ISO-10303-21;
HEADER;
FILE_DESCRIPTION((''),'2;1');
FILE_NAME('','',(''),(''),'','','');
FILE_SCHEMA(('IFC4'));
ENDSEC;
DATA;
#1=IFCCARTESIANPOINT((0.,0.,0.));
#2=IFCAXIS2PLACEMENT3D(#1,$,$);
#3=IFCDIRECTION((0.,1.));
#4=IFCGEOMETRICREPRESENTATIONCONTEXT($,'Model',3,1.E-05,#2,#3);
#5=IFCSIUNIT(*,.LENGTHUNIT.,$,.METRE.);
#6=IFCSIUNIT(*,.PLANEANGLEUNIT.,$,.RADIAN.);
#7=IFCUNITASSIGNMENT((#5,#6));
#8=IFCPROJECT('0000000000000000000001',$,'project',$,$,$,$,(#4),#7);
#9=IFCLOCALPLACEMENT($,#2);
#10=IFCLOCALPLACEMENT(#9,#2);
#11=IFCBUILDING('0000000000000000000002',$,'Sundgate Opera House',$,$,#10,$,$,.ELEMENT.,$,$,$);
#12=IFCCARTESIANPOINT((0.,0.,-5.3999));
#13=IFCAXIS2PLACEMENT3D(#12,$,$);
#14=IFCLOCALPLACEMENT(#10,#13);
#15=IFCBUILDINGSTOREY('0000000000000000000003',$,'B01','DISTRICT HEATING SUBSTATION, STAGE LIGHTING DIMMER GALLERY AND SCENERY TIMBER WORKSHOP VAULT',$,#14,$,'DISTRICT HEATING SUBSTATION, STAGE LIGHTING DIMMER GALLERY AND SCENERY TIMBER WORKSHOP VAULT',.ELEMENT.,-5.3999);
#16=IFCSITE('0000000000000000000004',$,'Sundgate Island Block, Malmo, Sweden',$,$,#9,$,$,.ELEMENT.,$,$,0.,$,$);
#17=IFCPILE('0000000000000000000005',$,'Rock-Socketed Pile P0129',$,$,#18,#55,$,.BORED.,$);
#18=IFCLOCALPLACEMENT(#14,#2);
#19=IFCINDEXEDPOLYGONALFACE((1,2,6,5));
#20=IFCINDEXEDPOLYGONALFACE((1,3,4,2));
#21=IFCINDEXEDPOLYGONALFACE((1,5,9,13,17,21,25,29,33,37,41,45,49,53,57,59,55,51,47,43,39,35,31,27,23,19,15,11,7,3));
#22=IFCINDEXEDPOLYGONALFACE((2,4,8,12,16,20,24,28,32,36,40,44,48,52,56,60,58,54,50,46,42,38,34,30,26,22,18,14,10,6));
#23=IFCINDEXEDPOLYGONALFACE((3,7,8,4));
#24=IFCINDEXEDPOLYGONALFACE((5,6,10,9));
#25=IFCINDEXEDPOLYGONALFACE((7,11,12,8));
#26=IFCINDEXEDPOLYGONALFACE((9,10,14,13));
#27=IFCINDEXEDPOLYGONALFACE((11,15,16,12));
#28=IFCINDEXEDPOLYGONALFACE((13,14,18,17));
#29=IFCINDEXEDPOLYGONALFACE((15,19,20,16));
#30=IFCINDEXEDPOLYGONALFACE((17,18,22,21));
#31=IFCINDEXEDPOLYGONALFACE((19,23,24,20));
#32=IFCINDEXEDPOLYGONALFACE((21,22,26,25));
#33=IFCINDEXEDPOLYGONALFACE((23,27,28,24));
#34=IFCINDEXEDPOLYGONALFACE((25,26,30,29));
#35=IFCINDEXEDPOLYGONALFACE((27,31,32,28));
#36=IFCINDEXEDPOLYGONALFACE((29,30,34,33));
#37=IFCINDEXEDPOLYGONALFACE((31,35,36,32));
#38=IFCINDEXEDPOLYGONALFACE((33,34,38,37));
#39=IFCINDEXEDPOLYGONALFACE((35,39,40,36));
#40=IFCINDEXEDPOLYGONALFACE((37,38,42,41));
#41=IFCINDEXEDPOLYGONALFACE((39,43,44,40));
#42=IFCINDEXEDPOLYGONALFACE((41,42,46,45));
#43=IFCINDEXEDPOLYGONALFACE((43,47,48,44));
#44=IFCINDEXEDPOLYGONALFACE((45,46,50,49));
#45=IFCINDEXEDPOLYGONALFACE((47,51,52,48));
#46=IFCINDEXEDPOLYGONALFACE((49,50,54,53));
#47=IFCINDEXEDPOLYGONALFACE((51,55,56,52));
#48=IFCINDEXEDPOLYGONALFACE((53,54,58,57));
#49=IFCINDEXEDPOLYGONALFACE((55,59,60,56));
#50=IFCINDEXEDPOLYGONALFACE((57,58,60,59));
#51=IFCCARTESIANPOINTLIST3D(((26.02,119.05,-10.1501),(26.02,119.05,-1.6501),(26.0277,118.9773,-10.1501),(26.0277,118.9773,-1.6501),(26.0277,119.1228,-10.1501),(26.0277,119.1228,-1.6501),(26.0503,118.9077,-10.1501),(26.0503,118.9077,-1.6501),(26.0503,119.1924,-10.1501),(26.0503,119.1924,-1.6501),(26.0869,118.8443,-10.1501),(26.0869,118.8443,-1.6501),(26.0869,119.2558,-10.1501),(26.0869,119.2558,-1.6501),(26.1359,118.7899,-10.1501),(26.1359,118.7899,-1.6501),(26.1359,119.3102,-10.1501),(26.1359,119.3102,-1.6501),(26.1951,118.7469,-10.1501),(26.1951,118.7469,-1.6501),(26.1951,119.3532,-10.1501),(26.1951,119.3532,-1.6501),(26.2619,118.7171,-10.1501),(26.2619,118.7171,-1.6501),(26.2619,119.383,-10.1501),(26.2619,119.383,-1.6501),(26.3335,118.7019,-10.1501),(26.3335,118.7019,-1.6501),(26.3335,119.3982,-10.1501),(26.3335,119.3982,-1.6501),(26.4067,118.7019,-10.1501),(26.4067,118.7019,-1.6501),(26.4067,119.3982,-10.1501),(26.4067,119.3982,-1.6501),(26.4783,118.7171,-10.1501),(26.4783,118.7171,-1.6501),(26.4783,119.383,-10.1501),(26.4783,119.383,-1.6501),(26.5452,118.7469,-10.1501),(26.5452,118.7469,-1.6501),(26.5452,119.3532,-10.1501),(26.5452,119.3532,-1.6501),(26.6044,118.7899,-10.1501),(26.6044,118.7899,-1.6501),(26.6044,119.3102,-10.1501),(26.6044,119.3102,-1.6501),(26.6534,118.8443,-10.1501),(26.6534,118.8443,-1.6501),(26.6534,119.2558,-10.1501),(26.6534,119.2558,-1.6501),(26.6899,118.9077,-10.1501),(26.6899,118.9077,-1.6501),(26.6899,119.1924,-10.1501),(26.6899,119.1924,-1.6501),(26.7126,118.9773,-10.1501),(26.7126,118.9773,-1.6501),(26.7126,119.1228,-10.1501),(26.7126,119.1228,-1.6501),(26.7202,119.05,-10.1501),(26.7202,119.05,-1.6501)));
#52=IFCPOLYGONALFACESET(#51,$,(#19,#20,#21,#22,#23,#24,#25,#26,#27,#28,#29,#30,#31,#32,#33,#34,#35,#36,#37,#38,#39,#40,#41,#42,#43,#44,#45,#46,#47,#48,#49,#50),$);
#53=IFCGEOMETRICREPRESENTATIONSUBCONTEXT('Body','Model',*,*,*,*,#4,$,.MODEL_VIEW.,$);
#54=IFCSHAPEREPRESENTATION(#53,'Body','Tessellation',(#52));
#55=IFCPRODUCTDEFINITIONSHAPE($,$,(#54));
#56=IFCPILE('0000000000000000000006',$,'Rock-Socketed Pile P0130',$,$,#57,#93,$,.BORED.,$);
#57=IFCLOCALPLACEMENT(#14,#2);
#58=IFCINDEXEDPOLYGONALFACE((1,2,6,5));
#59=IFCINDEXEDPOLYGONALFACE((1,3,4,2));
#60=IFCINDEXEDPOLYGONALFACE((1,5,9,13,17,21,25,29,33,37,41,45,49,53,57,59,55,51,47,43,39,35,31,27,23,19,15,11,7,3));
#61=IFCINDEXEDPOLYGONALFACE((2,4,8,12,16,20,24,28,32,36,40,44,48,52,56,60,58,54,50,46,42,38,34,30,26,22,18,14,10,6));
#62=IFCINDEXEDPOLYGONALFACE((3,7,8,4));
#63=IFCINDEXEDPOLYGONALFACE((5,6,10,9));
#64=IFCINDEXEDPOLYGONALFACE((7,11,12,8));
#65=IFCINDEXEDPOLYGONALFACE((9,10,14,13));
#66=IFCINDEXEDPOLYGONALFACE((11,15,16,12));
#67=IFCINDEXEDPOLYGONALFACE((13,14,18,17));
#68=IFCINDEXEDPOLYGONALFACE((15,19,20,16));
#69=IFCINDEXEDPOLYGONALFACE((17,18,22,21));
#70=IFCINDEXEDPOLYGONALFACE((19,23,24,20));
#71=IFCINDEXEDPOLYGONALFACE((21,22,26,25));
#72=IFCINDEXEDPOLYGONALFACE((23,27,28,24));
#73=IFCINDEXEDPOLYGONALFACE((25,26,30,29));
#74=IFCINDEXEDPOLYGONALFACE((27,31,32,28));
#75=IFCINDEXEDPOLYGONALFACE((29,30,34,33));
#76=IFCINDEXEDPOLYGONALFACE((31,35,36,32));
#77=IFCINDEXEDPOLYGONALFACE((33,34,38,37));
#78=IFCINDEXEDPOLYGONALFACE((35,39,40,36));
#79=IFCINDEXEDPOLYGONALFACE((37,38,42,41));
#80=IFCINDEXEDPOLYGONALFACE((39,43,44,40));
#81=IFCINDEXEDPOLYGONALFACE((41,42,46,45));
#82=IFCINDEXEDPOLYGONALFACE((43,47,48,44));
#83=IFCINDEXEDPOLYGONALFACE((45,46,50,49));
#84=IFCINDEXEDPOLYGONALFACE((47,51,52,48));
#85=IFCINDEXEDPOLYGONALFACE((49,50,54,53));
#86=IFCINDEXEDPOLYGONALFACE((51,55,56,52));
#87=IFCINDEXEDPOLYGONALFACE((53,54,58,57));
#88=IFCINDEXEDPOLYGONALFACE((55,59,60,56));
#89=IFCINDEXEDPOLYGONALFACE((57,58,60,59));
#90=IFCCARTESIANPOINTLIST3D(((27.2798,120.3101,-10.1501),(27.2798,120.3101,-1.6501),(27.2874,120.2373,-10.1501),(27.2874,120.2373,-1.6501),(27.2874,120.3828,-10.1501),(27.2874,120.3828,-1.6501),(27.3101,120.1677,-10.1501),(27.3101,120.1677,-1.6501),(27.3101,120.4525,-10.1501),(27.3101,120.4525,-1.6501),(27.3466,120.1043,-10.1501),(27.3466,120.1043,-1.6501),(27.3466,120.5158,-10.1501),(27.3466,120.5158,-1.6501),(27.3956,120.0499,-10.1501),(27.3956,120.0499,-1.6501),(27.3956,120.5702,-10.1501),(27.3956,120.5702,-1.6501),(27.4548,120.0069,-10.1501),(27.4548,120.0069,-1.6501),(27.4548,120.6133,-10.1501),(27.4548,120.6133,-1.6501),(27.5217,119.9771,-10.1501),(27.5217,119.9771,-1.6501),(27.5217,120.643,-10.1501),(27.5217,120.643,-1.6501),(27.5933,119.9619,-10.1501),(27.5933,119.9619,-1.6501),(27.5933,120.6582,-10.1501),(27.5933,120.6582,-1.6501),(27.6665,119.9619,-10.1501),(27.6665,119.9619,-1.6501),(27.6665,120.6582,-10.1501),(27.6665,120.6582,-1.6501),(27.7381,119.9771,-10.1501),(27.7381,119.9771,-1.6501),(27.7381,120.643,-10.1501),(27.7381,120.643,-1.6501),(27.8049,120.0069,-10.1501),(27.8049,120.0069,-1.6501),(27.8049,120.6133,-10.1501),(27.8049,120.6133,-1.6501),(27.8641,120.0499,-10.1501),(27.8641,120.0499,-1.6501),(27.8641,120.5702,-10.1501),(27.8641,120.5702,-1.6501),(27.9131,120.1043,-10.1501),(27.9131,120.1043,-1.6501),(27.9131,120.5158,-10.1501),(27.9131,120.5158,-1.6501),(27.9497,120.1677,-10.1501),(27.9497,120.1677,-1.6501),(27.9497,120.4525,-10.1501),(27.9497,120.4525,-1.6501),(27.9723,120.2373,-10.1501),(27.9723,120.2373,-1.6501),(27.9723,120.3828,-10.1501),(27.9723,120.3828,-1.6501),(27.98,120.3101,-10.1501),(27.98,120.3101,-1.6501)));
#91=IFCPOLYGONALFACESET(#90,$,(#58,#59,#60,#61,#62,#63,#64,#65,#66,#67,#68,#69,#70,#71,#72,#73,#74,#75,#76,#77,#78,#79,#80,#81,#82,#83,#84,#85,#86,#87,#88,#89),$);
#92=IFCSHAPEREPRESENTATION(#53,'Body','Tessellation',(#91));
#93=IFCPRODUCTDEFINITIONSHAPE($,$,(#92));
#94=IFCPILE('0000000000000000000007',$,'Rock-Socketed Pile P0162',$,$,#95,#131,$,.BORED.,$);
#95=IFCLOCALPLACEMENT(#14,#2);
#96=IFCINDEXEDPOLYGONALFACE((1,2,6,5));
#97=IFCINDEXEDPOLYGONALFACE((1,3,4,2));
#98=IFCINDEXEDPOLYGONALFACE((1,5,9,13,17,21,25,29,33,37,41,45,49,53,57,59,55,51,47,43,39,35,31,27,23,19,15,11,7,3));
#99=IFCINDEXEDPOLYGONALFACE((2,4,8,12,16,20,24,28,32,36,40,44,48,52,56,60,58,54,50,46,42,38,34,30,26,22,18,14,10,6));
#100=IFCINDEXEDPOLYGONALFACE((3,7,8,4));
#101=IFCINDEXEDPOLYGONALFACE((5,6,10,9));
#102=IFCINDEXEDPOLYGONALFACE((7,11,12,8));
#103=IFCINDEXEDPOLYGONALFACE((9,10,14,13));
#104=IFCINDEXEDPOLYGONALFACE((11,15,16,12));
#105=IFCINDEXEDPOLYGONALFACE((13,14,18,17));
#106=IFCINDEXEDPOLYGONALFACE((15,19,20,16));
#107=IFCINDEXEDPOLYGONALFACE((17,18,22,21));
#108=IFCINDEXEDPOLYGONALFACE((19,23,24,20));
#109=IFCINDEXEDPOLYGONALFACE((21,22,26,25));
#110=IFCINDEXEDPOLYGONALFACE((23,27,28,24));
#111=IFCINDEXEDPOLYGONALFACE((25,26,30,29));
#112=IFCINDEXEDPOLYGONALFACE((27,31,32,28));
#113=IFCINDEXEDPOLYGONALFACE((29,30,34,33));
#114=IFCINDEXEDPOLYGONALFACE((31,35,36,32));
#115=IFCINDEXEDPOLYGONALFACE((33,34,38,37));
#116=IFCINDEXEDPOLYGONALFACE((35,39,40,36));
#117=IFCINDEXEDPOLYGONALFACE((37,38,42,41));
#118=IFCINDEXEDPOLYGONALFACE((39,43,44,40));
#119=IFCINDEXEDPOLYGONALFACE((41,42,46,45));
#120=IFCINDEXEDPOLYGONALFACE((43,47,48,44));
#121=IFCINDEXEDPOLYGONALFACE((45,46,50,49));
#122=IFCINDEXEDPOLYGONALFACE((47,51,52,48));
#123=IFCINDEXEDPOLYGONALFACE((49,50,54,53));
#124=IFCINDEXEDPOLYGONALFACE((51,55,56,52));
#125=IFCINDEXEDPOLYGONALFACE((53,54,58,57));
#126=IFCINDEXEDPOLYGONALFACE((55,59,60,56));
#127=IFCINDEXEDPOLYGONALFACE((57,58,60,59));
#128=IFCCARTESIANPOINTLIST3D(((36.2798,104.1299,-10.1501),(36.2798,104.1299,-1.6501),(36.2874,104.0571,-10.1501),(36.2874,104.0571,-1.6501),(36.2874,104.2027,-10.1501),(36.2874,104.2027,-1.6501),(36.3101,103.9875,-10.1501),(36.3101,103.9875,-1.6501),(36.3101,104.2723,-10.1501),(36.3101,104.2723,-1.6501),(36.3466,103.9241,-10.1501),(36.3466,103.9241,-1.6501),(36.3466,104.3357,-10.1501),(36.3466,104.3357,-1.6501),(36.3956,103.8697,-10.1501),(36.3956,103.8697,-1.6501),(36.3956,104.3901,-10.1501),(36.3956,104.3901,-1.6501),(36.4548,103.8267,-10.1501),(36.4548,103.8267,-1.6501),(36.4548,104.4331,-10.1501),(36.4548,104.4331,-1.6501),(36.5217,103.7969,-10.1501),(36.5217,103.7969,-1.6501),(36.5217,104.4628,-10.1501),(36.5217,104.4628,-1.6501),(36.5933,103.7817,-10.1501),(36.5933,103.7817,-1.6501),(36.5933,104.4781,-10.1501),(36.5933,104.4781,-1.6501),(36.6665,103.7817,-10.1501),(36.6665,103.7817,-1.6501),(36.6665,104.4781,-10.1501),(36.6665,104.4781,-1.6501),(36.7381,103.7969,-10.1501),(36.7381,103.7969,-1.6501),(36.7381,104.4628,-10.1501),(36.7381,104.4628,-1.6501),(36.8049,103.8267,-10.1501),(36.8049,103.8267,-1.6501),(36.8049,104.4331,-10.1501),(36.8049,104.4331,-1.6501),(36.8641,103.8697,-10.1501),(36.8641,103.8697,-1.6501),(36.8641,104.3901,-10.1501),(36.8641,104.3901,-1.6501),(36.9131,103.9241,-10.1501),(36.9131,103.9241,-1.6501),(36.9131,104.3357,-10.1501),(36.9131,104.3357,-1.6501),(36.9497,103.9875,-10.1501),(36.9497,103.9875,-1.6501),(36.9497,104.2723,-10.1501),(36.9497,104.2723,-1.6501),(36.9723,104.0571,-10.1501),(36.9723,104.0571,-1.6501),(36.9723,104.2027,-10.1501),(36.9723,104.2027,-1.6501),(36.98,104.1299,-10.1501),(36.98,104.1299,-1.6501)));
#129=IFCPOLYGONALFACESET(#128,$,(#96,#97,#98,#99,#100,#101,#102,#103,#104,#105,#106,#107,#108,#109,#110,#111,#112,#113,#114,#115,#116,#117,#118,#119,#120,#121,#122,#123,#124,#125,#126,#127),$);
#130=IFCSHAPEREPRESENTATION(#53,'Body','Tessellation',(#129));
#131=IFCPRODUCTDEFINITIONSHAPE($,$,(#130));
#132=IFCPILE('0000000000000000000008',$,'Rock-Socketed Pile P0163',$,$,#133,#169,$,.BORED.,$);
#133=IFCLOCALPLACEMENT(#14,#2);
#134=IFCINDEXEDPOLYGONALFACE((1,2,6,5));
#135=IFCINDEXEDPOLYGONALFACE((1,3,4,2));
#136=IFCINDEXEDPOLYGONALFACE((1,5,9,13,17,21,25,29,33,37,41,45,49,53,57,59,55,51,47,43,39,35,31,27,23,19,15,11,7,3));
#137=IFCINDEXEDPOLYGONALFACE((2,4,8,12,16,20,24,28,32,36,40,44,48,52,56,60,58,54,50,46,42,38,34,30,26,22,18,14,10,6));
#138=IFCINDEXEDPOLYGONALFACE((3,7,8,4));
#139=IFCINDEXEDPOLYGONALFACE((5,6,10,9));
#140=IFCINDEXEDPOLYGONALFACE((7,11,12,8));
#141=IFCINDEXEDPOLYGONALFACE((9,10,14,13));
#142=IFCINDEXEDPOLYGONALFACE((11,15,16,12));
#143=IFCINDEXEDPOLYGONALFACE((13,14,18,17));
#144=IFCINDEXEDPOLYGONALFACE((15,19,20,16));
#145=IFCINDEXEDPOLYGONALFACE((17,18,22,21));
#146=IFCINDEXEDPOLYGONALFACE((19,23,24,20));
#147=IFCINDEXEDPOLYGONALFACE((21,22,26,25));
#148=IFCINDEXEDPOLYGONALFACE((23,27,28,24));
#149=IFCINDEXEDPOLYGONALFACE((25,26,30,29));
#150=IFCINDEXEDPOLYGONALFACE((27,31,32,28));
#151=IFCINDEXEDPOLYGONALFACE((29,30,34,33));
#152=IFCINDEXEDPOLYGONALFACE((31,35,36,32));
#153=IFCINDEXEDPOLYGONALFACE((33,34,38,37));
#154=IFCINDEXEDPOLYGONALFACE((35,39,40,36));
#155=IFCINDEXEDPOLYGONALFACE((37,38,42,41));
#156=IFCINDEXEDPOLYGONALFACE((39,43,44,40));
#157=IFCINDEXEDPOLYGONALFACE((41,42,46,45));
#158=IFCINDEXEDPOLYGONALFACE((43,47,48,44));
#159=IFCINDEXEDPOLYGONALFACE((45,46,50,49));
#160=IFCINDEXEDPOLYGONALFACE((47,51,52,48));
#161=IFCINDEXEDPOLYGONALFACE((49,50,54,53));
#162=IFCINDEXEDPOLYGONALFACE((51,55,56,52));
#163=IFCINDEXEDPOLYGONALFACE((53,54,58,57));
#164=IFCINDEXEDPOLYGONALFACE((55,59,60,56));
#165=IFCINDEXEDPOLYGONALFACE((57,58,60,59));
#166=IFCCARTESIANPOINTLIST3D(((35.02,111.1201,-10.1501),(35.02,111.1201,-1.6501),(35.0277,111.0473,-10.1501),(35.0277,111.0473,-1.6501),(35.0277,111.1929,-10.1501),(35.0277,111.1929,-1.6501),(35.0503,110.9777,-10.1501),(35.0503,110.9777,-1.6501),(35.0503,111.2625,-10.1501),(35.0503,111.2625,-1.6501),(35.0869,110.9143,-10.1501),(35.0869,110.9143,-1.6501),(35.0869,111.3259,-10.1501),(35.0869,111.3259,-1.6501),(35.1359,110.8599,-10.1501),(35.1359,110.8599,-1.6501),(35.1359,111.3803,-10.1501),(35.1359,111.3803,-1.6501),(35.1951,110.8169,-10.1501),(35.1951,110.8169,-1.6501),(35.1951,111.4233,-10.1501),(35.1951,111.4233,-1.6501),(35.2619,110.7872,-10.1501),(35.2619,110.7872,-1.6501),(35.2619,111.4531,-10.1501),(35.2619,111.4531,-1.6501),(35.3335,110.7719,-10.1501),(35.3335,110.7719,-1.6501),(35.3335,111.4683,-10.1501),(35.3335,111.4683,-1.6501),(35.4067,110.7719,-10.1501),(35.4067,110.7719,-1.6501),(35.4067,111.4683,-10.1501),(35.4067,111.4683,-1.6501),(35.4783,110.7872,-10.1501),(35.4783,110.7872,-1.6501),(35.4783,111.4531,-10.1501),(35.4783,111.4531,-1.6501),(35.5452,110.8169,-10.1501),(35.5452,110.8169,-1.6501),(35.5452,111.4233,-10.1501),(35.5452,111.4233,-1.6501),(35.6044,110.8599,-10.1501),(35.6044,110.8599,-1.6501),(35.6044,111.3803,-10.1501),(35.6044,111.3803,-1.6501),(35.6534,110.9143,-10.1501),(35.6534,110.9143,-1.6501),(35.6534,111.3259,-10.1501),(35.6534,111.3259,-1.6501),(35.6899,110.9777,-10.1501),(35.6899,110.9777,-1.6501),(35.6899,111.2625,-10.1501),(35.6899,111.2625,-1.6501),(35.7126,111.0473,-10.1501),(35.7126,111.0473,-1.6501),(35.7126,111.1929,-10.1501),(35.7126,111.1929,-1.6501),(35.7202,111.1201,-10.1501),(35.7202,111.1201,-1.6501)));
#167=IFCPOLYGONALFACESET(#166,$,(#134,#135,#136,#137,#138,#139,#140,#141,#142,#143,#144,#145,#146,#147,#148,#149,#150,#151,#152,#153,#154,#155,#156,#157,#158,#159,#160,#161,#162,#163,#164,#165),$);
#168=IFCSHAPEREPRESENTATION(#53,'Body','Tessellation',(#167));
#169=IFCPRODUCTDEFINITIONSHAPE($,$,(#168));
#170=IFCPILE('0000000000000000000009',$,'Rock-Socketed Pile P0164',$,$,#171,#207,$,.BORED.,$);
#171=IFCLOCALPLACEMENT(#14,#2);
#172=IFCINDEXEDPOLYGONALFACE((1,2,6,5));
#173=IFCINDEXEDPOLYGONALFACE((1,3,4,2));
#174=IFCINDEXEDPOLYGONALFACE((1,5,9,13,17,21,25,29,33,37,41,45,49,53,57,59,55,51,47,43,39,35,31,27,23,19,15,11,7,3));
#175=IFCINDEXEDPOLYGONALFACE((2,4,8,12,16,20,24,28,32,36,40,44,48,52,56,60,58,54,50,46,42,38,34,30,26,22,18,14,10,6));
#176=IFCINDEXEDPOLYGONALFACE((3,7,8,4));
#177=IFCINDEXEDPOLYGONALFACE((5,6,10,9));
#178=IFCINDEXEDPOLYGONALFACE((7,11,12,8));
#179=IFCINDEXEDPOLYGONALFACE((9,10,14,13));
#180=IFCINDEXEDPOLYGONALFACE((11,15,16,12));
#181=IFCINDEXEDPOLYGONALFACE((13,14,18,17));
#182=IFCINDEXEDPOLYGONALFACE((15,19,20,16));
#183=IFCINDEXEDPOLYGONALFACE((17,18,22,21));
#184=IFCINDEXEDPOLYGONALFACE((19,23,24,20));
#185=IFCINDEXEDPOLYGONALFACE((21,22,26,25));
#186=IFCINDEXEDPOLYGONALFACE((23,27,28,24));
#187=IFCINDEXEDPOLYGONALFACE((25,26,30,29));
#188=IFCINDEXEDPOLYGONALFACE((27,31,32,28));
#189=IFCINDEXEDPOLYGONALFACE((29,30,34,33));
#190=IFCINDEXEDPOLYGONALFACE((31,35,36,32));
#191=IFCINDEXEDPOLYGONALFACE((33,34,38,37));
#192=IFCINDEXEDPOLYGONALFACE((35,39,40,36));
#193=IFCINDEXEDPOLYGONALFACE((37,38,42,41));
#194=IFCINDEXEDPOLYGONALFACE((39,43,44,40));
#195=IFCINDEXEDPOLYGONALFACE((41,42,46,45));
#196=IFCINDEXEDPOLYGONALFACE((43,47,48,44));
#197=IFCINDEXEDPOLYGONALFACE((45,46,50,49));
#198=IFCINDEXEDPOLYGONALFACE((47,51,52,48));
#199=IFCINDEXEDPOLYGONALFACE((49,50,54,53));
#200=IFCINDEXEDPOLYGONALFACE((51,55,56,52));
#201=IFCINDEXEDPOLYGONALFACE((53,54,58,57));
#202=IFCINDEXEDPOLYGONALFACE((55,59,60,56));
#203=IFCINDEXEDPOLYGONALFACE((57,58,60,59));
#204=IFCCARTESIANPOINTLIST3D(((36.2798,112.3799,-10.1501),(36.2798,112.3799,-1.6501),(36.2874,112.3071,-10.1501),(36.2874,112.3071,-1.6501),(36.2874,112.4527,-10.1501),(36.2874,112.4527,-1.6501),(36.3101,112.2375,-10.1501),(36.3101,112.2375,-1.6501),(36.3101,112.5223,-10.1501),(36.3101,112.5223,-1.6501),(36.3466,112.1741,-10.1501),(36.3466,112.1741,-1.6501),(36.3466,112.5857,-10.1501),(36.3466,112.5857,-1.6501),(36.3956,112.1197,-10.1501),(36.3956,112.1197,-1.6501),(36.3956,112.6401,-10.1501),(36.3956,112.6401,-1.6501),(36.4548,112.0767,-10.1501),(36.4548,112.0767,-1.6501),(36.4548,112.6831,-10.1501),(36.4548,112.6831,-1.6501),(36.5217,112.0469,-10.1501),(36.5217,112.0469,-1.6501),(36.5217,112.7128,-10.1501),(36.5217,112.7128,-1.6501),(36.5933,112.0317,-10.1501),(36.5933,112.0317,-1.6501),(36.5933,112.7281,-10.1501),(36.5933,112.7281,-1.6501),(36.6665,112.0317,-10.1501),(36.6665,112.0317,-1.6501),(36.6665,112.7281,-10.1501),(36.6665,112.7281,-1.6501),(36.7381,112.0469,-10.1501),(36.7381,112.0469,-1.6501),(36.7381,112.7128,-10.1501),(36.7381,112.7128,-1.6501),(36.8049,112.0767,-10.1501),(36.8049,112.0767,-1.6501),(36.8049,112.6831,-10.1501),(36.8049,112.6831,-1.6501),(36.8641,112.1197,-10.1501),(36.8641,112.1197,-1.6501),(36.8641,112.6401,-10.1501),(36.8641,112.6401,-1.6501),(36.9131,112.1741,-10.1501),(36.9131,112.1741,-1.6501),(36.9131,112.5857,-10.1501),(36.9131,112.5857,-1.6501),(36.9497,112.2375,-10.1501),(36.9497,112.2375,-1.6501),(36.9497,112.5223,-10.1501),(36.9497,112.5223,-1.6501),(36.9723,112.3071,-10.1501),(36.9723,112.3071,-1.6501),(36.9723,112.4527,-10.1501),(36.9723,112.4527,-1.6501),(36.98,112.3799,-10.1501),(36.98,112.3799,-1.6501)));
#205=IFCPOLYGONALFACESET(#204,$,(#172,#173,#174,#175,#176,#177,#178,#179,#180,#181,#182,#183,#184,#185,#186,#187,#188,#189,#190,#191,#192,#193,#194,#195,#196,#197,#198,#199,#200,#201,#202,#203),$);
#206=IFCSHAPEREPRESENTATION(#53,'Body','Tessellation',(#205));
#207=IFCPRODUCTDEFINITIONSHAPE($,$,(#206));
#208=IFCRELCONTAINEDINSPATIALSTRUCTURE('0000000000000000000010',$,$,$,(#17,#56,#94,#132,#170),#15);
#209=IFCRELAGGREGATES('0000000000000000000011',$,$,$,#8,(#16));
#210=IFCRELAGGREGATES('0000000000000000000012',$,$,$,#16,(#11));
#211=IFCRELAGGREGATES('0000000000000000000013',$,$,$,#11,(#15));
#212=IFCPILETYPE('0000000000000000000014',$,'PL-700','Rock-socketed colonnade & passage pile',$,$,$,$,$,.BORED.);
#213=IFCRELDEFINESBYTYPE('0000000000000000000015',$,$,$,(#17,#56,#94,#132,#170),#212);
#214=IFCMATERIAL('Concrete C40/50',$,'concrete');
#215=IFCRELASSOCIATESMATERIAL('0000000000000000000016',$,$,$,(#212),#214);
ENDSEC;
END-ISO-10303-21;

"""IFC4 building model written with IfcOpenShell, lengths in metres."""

from ifc_helpers import new_model, si_unit, direction, frame, origin, origin_2d, place, context, subcontext, project, spatial, circle, extrude, material, material_profile, profile_set, type_object, element, save


model = new_model("IFC4")

# Units and contexts
model_context = context("Model", 3, precision=1e-05, world=origin(), true_north=direction((0.0, 1.0)))
body_context = subcontext(model_context, "Body", "Model", "MODEL_VIEW")
ifc_project = project(units=[si_unit("LENGTHUNIT", "METRE"), si_unit("PLANEANGLEUNIT", "RADIAN")], contexts=[model_context])

# Site, building, storey
site_placement = place(None, origin())
site = spatial("IfcSite", under=ifc_project, at=site_placement, Name="Sundgate Island Block, Malmo, Sweden", CompositionType="ELEMENT", RefElevation=0.0)
building_placement = place(site_placement, origin())
building = spatial("IfcBuilding", under=site, at=building_placement, Name="Sundgate Opera House", CompositionType="ELEMENT")
storey_placement = place(building_placement, frame((0.0, 0.0, -5.3999)))
storey = spatial("IfcBuildingStorey", under=building, at=storey_placement, Name="B01", Description="DISTRICT HEATING SUBSTATION, STAGE LIGHTING DIMMER GALLERY AND SCENERY TIMBER WORKSHOP VAULT", LongName="DISTRICT HEATING SUBSTATION, STAGE LIGHTING DIMMER GALLERY AND SCENERY TIMBER WORKSHOP VAULT", CompositionType="ELEMENT", Elevation=-5.3999)

# Piles
ifc_material_1 = material(Name="Concrete C40/50", Category="concrete")
ifc_material_profile_1 = material_profile(ifc_material_1, circle(Radius=0.3501, at=origin_2d()), Name="PILE D700")
ifc_profile_set_1 = profile_set([ifc_material_profile_1], Name="Concrete C40/50")
pile_type = type_object("IfcPileType", Name="PL-700", Description="Rock-socketed colonnade & passage pile", PredefinedType="BORED", material=ifc_profile_set_1)
for number, where, z_axis, x_axis, name in (
    (1, (26.3701, 119.05, -1.6501), (0.0, 0.0, -1.0), (1.0, 0.0, 0.0), "Rock-Socketed Pile P0129"),
    (2, (27.6299, 120.3101, -1.6501), (0.0, 0.0, -1.0), (1.0, 0.0, 0.0), "Rock-Socketed Pile P0130"),
    (3, (36.6299, 104.1299, -1.6501), (0.0, 0.0, -1.0), (1.0, 0.0, 0.0), "Rock-Socketed Pile P0162"),
    (4, (35.3701, 111.1201, -1.6501), (0.0, 0.0, -1.0), (1.0, 0.0, 0.0), "Rock-Socketed Pile P0163"),
    (5, (36.6299, 112.3799, -1.6501), (0.0, 0.0, -1.0), (1.0, 0.0, 0.0), "Rock-Socketed Pile P0164"),
):
    element("IfcPile", number, at=place(storey_placement, frame(where, z_axis=z_axis, x_axis=x_axis)), inside=storey, type_object=pile_type, Name=name, PredefinedType="BORED", context=body_context, shape_type="SweptSolid", body=[
        extrude(circle(Radius=0.3501, at=origin_2d()), origin(), (0.0, 0.0, 1.0), 8.5),
    ])

save(model, "model.ifc")
